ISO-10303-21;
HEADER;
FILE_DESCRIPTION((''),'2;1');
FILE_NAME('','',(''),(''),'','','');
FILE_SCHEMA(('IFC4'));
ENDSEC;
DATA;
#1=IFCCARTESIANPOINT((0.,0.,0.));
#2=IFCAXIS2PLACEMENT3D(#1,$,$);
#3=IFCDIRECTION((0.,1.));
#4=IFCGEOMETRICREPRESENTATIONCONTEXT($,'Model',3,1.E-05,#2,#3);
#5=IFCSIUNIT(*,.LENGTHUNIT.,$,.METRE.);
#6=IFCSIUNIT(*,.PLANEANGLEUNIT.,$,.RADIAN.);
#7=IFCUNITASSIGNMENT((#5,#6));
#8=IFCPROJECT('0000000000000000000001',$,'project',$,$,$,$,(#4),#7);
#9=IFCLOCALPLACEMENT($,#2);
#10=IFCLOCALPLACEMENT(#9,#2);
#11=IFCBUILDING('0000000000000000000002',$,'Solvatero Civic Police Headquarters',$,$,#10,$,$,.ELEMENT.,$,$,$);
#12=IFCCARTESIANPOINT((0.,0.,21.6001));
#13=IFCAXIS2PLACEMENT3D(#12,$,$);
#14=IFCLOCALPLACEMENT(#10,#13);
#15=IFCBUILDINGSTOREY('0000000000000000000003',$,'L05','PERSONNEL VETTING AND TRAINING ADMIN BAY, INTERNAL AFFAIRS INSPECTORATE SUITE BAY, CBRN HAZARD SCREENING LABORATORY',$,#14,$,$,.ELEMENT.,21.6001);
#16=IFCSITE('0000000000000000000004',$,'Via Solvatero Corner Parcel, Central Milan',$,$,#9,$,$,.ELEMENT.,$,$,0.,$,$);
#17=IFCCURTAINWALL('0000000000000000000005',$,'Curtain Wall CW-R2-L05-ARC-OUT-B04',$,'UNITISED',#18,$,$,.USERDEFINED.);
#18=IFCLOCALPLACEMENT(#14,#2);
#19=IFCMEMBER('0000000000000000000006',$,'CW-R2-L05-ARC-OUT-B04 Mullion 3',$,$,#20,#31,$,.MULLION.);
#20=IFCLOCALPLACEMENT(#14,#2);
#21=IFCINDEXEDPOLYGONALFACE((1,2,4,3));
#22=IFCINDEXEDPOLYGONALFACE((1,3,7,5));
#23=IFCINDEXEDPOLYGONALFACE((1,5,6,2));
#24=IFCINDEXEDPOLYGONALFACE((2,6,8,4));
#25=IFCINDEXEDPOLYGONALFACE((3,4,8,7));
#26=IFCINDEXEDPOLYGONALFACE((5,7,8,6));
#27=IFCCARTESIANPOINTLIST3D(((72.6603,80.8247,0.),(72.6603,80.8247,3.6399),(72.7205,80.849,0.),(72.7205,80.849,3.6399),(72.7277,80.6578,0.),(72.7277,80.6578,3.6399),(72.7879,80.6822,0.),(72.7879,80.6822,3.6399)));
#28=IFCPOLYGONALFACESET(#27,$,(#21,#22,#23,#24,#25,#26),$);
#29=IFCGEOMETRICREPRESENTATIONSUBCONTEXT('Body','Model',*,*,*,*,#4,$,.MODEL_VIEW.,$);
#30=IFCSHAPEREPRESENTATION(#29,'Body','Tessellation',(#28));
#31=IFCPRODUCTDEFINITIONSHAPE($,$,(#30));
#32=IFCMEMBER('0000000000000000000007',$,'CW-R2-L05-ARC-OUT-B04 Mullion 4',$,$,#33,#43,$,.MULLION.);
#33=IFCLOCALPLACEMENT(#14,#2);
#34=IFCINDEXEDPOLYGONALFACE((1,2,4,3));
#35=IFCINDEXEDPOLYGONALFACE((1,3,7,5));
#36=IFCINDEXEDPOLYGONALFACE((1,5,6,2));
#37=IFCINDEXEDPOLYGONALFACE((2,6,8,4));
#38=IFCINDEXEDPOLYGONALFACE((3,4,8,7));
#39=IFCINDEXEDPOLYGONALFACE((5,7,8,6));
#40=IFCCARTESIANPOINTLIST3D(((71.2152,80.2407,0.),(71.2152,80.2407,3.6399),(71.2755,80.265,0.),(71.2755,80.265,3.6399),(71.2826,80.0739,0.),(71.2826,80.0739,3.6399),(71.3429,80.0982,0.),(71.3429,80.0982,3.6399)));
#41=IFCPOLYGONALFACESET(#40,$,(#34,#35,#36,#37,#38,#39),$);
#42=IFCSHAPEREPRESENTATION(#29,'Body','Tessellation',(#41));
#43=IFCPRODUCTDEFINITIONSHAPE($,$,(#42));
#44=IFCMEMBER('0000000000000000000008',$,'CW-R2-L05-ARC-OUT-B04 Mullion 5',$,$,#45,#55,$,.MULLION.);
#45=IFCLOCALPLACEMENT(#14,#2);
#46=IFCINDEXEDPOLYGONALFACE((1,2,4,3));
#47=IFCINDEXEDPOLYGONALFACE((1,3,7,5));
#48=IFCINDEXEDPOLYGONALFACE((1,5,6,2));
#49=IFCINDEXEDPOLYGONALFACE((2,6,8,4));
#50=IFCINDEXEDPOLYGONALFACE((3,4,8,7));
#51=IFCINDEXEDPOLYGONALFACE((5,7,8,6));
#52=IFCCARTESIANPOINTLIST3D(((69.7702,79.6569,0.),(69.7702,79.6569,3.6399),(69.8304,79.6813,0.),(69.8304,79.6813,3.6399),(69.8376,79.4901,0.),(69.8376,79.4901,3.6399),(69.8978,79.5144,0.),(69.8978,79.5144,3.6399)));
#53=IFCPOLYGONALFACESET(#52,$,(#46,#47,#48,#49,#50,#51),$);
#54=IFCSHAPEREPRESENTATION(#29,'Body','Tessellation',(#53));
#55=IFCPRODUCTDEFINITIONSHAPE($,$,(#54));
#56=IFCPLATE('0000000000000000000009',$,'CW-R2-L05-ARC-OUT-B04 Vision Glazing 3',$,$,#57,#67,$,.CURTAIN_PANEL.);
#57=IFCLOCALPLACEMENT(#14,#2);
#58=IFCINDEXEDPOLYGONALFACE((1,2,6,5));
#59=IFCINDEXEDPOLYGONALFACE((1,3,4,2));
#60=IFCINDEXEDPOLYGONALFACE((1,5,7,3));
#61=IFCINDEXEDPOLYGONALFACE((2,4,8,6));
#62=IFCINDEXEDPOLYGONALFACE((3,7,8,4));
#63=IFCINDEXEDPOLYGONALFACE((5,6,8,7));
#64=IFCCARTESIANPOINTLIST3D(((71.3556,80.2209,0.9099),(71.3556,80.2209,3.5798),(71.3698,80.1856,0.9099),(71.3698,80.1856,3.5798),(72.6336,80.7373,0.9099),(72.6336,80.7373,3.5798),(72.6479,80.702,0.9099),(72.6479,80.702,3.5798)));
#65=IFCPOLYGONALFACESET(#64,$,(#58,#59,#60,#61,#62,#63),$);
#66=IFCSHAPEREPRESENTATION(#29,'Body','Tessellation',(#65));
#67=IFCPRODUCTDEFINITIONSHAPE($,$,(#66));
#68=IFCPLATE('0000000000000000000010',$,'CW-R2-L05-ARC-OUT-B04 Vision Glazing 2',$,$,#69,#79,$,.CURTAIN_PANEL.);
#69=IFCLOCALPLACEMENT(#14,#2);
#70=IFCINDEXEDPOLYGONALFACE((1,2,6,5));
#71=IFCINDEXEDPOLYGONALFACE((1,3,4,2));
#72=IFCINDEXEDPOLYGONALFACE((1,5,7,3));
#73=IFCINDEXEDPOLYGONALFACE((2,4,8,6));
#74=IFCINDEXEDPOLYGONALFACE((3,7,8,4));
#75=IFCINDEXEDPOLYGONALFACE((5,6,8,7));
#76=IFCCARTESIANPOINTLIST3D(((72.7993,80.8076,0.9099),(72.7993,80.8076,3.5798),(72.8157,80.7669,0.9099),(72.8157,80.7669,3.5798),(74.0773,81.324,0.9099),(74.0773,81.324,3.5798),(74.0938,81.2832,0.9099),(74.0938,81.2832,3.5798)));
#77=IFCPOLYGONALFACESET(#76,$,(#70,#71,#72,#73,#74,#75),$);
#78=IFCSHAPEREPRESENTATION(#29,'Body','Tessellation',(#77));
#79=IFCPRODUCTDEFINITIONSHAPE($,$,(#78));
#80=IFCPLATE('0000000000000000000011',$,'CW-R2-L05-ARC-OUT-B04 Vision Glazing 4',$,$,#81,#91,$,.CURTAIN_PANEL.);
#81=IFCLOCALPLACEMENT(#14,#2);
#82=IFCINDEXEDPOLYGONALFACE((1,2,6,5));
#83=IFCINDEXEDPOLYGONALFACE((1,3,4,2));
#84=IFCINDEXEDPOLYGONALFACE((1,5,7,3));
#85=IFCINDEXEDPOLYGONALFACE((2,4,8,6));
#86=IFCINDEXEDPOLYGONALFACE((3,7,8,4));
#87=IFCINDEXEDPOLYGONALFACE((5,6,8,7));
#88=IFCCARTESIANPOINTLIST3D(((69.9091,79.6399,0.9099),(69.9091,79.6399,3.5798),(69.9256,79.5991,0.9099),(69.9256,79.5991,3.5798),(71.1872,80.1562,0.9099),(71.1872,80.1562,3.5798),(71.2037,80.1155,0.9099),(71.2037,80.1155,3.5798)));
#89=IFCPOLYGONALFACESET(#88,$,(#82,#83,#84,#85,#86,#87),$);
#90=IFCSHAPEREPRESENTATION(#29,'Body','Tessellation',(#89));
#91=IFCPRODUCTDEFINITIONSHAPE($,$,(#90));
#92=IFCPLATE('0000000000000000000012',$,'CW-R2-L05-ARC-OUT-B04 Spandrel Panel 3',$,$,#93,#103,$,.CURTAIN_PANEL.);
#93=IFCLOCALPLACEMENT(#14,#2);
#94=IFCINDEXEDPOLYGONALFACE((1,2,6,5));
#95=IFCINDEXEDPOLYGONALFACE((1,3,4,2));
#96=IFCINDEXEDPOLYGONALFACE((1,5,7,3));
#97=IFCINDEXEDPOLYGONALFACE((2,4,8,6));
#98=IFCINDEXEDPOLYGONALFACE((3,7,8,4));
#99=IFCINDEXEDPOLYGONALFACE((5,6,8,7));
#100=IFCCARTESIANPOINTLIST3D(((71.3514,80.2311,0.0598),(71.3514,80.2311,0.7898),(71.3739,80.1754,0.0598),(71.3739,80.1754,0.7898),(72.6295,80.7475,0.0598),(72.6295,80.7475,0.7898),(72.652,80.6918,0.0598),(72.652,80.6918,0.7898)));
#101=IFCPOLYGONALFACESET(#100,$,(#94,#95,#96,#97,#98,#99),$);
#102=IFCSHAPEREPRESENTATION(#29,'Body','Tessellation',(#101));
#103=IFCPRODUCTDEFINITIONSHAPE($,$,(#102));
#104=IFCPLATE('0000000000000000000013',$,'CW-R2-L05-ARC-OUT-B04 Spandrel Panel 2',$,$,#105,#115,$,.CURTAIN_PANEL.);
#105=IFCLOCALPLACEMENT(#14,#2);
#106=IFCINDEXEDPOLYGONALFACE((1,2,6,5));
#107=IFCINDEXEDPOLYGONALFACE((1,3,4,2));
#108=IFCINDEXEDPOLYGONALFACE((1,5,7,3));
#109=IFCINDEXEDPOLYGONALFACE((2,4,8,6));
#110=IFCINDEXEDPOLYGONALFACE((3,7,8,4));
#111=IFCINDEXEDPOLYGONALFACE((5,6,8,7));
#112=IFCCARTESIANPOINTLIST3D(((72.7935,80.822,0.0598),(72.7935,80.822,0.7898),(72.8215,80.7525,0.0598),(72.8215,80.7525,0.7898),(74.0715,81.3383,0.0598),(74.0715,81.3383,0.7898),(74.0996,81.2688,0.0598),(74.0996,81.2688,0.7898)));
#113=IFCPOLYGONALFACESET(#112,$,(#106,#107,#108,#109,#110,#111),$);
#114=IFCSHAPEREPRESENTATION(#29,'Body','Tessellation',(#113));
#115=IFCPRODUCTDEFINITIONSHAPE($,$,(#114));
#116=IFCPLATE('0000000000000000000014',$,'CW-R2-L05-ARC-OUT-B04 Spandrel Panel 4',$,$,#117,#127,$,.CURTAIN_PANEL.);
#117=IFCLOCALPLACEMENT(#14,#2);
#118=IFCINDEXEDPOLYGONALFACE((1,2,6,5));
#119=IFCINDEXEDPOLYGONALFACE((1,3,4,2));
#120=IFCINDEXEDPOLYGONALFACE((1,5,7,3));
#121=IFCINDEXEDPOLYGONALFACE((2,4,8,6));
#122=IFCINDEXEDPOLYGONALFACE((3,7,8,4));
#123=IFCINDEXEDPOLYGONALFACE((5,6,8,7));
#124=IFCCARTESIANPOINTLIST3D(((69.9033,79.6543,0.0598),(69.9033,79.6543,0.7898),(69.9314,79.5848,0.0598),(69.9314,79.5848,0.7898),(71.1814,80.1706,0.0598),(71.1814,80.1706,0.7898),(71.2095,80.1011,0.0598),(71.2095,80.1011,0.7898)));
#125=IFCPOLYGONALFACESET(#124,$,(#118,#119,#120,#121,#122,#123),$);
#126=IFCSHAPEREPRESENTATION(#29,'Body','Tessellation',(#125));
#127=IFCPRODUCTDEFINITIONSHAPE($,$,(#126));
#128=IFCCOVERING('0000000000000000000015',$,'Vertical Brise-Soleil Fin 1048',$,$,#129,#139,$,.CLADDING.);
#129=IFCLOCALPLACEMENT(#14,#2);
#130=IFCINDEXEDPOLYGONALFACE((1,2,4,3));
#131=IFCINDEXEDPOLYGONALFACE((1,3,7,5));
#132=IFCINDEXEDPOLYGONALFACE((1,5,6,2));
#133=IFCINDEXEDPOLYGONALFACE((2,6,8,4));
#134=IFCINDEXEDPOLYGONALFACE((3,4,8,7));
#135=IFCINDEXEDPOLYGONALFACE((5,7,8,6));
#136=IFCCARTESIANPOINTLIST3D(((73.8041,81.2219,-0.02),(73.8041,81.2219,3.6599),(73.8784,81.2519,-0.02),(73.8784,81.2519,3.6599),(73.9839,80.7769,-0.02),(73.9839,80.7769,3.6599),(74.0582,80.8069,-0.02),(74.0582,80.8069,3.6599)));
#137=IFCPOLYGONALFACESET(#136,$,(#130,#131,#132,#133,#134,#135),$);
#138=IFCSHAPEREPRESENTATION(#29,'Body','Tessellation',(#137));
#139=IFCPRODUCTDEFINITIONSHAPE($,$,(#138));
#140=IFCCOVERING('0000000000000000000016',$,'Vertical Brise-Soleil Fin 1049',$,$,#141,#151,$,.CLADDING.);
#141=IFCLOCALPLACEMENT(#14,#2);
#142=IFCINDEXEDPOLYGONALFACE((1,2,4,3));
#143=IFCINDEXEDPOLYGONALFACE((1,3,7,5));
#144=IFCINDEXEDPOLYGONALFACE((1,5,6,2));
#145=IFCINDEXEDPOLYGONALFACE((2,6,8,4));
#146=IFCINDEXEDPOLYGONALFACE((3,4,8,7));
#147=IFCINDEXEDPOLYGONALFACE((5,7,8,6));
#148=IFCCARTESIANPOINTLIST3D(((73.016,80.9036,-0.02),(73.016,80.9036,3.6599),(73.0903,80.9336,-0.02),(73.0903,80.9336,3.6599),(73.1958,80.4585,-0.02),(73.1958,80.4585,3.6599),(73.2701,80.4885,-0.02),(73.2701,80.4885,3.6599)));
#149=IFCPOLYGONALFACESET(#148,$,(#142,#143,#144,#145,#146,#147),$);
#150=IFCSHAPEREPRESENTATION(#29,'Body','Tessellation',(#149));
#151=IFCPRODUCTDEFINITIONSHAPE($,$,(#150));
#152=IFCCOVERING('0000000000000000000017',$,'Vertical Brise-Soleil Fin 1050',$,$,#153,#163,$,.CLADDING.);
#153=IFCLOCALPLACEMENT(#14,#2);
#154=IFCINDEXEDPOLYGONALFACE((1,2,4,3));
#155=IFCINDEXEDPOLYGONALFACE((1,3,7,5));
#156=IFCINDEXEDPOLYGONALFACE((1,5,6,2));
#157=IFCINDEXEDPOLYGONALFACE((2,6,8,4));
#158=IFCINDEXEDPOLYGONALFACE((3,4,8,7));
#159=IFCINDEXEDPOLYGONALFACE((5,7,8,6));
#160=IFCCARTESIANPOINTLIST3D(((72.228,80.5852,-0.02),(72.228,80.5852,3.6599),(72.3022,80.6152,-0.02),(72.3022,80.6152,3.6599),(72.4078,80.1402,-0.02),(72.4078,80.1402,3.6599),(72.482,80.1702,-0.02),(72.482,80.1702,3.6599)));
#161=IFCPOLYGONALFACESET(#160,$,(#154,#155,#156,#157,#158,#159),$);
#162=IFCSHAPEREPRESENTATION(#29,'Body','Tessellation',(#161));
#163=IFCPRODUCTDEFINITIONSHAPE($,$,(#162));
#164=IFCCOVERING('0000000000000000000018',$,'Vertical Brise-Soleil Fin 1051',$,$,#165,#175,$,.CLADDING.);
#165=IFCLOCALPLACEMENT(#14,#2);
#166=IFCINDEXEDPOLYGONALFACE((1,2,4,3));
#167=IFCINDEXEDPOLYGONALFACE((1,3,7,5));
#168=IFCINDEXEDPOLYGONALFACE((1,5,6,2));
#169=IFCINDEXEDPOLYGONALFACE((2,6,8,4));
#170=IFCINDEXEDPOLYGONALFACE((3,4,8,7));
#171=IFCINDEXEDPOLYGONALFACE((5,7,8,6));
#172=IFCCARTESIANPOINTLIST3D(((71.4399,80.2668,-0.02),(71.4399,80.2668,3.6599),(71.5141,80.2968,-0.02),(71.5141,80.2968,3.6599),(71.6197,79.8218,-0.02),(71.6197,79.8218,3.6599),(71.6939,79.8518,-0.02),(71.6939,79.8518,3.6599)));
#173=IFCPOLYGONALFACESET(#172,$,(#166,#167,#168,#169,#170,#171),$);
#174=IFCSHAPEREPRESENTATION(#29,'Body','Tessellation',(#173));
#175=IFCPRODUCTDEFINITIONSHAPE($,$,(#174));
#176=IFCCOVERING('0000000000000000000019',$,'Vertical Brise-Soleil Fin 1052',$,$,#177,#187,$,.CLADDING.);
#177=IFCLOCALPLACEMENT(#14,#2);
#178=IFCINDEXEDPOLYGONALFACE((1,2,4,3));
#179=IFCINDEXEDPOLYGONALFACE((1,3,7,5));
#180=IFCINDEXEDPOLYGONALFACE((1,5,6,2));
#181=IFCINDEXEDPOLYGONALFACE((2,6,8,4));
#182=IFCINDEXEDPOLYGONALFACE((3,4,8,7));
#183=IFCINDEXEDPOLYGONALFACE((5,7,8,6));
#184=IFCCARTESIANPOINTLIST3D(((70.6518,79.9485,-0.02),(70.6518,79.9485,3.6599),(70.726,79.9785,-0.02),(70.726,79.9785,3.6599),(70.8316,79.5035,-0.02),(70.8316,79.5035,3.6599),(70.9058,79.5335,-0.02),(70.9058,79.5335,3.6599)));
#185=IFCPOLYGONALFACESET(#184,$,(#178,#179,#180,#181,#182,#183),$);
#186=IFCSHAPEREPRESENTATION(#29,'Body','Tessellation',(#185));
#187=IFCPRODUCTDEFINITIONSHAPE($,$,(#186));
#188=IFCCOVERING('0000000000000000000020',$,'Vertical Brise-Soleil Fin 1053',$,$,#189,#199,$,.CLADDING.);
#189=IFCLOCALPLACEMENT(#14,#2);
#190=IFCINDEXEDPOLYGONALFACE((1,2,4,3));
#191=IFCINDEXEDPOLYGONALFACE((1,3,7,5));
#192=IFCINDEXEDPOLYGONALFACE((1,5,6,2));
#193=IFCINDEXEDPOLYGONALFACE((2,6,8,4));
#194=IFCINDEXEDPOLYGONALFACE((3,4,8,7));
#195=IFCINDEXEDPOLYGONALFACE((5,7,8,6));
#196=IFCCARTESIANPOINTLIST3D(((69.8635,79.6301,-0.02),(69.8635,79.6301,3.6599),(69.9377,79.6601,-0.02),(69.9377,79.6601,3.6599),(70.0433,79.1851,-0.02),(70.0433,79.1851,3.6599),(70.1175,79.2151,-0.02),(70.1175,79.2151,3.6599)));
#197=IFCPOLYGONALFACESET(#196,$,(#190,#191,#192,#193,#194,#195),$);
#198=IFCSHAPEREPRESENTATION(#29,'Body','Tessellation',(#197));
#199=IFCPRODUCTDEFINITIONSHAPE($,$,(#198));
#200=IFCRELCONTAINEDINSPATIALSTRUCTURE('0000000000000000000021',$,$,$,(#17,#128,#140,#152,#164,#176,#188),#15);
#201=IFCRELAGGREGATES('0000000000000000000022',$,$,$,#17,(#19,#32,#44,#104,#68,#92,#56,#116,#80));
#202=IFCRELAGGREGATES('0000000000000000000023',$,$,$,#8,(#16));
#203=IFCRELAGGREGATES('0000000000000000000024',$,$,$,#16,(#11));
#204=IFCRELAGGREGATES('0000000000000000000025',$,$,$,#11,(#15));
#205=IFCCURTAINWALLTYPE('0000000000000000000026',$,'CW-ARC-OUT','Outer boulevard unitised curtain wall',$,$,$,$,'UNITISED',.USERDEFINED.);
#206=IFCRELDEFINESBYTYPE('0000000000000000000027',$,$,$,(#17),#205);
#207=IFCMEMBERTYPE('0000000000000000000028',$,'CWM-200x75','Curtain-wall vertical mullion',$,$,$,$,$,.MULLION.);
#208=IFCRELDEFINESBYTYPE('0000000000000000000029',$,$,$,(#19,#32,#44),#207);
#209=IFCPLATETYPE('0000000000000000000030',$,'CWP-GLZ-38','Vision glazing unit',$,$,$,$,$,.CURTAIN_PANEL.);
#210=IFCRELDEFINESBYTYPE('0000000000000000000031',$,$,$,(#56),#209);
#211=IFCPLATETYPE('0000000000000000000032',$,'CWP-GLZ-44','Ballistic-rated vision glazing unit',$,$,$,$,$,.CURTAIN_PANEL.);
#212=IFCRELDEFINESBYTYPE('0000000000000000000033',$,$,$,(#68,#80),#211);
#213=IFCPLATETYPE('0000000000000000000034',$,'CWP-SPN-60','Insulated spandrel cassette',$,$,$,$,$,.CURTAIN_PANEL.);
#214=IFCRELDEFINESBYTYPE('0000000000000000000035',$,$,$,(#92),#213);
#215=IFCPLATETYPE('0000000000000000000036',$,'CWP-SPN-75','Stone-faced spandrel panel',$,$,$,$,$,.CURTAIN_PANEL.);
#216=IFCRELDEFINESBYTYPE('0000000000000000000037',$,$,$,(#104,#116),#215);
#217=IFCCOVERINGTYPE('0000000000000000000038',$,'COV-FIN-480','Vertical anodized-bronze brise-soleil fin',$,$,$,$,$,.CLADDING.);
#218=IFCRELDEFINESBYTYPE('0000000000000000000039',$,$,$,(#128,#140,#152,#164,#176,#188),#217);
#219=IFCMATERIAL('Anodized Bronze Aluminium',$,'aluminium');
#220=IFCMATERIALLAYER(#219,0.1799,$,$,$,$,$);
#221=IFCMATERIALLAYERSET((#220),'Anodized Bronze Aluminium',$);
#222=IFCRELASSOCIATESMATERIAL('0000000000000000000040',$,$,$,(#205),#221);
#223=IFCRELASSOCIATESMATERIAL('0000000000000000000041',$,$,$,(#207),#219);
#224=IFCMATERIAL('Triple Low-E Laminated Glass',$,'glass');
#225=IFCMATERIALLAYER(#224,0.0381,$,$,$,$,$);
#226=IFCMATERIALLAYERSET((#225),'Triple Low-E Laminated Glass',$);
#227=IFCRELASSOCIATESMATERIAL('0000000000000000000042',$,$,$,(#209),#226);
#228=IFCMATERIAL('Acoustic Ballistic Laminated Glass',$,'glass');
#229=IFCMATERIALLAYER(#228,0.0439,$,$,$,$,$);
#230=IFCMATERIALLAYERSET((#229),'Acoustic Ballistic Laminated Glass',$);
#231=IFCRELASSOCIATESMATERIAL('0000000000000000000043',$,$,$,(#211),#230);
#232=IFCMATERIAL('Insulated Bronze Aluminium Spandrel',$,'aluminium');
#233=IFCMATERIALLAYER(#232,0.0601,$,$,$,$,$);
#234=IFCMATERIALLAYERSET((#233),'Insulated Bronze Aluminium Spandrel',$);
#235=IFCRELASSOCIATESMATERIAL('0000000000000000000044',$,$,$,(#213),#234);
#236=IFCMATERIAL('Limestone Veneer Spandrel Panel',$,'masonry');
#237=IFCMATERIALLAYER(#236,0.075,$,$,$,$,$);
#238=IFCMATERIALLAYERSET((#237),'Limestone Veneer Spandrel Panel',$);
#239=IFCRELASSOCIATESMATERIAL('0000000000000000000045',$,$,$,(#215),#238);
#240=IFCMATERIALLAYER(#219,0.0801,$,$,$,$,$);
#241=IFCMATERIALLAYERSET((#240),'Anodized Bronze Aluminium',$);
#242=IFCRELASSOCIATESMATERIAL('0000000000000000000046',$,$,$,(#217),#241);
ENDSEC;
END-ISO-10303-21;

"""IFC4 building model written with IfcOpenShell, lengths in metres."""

from ifc_helpers import new_model, si_unit, direction, frame, origin, origin_2d, place, context, subcontext, project, spatial, rectangle, extrude, material, layer, layer_set, material_profile, profile_set, type_object, element, aggregate, save


model = new_model("IFC4")

# Units and contexts
model_context = context("Model", 3, precision=1e-05, world=origin(), true_north=direction((0.0, 1.0)))
body_context = subcontext(model_context, "Body", "Model", "MODEL_VIEW")
ifc_project = project(units=[si_unit("LENGTHUNIT", "METRE"), si_unit("PLANEANGLEUNIT", "RADIAN")], contexts=[model_context])

# Site, building, storey
site_placement = place(None, origin())
site = spatial("IfcSite", under=ifc_project, at=site_placement, Name="Via Solvatero Corner Parcel, Central Milan", CompositionType="ELEMENT", RefElevation=0.0)
building_placement = place(site_placement, origin())
building = spatial("IfcBuilding", under=site, at=building_placement, Name="Solvatero Civic Police Headquarters", CompositionType="ELEMENT")
storey_placement = place(building_placement, frame((0.0, 0.0, 21.6001)))
storey = spatial("IfcBuildingStorey", under=building, at=storey_placement, Name="L05", Description="PERSONNEL VETTING AND TRAINING ADMIN BAY, INTERNAL AFFAIRS INSPECTORATE SUITE BAY, CBRN HAZARD SCREENING LABORATORY", CompositionType="ELEMENT", Elevation=21.6001)

# Curtain wall, members, plates
ifc_material_1 = material(Name="Anodized Bronze Aluminium", Category="aluminium")
ifc_layer_1 = layer(ifc_material_1, 0.1799)
ifc_layer_set_1 = layer_set([ifc_layer_1], Name="Anodized Bronze Aluminium")
curtain_wall_type = type_object("IfcCurtainWallType", Name="CW-ARC-OUT", Description="Outer boulevard unitised curtain wall", ElementType="UNITISED", PredefinedType="USERDEFINED", material=ifc_layer_set_1)
curtain_wall_placement = place(storey_placement, origin())
curtain_wall = element("IfcCurtainWall", 1, at=curtain_wall_placement, inside=storey, type_object=curtain_wall_type, Name="Curtain Wall CW-R2-L05-ARC-OUT-B04", ObjectType="UNITISED", PredefinedType="USERDEFINED")
ifc_material_profile = material_profile(ifc_material_1, rectangle(XDim=0.0649, YDim=0.1799, at=origin_2d()), Name="ALU MULLION 65x180")
ifc_profile_set = profile_set([ifc_material_profile], Name="Anodized Bronze Aluminium")
member_type = type_object("IfcMemberType", Name="CWM-200x75", Description="Curtain-wall vertical mullion", PredefinedType="MULLION", material=ifc_profile_set)
member_1_placement = place(storey_placement, frame((72.7241, 80.7534, 0.0), z_axis=(0.0, 0.0, 1.0), x_axis=(-0.927184, -0.374607, 0.0)))
member_1 = element("IfcMember", 2, at=member_1_placement, type_object=member_type, Name="CW-R2-L05-ARC-OUT-B04 Mullion 3", PredefinedType="MULLION", context=body_context, shape_type="SweptSolid", body=[
    extrude(rectangle(XDim=0.0649, YDim=0.1799, at=origin_2d()), origin(), (0.0, 0.0, 1.0), 3.6399),
])
member_2_placement = place(storey_placement, frame((71.2791, 80.1694, 0.0), z_axis=(0.0, 0.0, 1.0), x_axis=(-0.927184, -0.374607, 0.0)))
member_2 = element("IfcMember", 3, at=member_2_placement, type_object=member_type, Name="CW-R2-L05-ARC-OUT-B04 Mullion 4", PredefinedType="MULLION", context=body_context, shape_type="SweptSolid", body=[
    extrude(rectangle(XDim=0.0649, YDim=0.1799, at=origin_2d()), origin(), (0.0, 0.0, 1.0), 3.6399),
])
member_3_placement = place(storey_placement, frame((69.834, 79.5857, 0.0), z_axis=(0.0, 0.0, 1.0), x_axis=(-0.927184, -0.374607, 0.0)))
member_3 = element("IfcMember", 4, at=member_3_placement, type_object=member_type, Name="CW-R2-L05-ARC-OUT-B04 Mullion 5", PredefinedType="MULLION", context=body_context, shape_type="SweptSolid", body=[
    extrude(rectangle(XDim=0.0649, YDim=0.1799, at=origin_2d()), origin(), (0.0, 0.0, 1.0), 3.6399),
])
ifc_material_2 = material(Name="Triple Low-E Laminated Glass", Category="glass")
ifc_layer_2 = layer(ifc_material_2, 0.0381)
ifc_layer_set_2 = layer_set([ifc_layer_2], Name="Triple Low-E Laminated Glass")
plate_type_1 = type_object("IfcPlateType", Name="CWP-GLZ-38", Description="Vision glazing unit", PredefinedType="CURTAIN_PANEL", material=ifc_layer_set_2)
plate_1_placement = place(storey_placement, frame((72.0017, 80.4614, 0.9099), z_axis=(0.0, 0.0, 1.0), x_axis=(-0.927184, -0.374607, 0.0)))
plate_1 = element("IfcPlate", 5, at=plate_1_placement, type_object=plate_type_1, Name="CW-R2-L05-ARC-OUT-B04 Vision Glazing 3", PredefinedType="CURTAIN_PANEL", context=body_context, shape_type="SweptSolid", body=[
    extrude(rectangle(XDim=1.3784, YDim=0.0381, at=origin_2d()), origin(), (0.0, 0.0, 1.0), 2.6699),
])
ifc_material_3 = material(Name="Acoustic Ballistic Laminated Glass", Category="glass")
ifc_layer_3 = layer(ifc_material_3, 0.0439)
ifc_layer_set_3 = layer_set([ifc_layer_3], Name="Acoustic Ballistic Laminated Glass")
plate_type_2 = type_object("IfcPlateType", Name="CWP-GLZ-44", Description="Ballistic-rated vision glazing unit", PredefinedType="CURTAIN_PANEL", material=ifc_layer_set_3)
plate_2_placement = place(storey_placement, frame((73.4465, 81.0454, 0.9099), z_axis=(0.0, 0.0, 1.0), x_axis=(-0.927184, -0.374607, 0.0)))
plate_2 = element("IfcPlate", 6, at=plate_2_placement, type_object=plate_type_2, Name="CW-R2-L05-ARC-OUT-B04 Vision Glazing 2", PredefinedType="CURTAIN_PANEL", context=body_context, shape_type="SweptSolid", body=[
    extrude(rectangle(XDim=1.3784, YDim=0.0439, at=origin_2d()), origin(), (0.0, 0.0, 1.0), 2.6699),
])
plate_3_placement = place(storey_placement, frame((70.5564, 79.8777, 0.9099), z_axis=(0.0, 0.0, 1.0), x_axis=(-0.927184, -0.374607, 0.0)))
plate_3 = element("IfcPlate", 7, at=plate_3_placement, type_object=plate_type_2, Name="CW-R2-L05-ARC-OUT-B04 Vision Glazing 4", PredefinedType="CURTAIN_PANEL", context=body_context, shape_type="SweptSolid", body=[
    extrude(rectangle(XDim=1.3784, YDim=0.0439, at=origin_2d()), origin(), (0.0, 0.0, 1.0), 2.6699),
])
ifc_material_4 = material(Name="Insulated Bronze Aluminium Spandrel", Category="aluminium")
ifc_layer_4 = layer(ifc_material_4, 0.0601)
ifc_layer_set_4 = layer_set([ifc_layer_4], Name="Insulated Bronze Aluminium Spandrel")
plate_type_3 = type_object("IfcPlateType", Name="CWP-SPN-60", Description="Insulated spandrel cassette", PredefinedType="CURTAIN_PANEL", material=ifc_layer_set_4)
plate_4_placement = place(storey_placement, frame((72.0017, 80.4614, 0.0598), z_axis=(0.0, 0.0, 1.0), x_axis=(-0.927184, -0.374607, 0.0)))
plate_4 = element("IfcPlate", 8, at=plate_4_placement, type_object=plate_type_3, Name="CW-R2-L05-ARC-OUT-B04 Spandrel Panel 3", PredefinedType="CURTAIN_PANEL", context=body_context, shape_type="SweptSolid", body=[
    extrude(rectangle(XDim=1.3784, YDim=0.0601, at=origin_2d()), origin(), (0.0, 0.0, 1.0), 0.73),
])
ifc_material_5 = material(Name="Limestone Veneer Spandrel Panel", Category="masonry")
ifc_layer_5 = layer(ifc_material_5, 0.075)
ifc_layer_set_5 = layer_set([ifc_layer_5], Name="Limestone Veneer Spandrel Panel")
plate_type_4 = type_object("IfcPlateType", Name="CWP-SPN-75", Description="Stone-faced spandrel panel", PredefinedType="CURTAIN_PANEL", material=ifc_layer_set_5)
plate_5_placement = place(storey_placement, frame((73.4465, 81.0454, 0.0598), z_axis=(0.0, 0.0, 1.0), x_axis=(-0.927184, -0.374607, 0.0)))
plate_5 = element("IfcPlate", 9, at=plate_5_placement, type_object=plate_type_4, Name="CW-R2-L05-ARC-OUT-B04 Spandrel Panel 2", PredefinedType="CURTAIN_PANEL", context=body_context, shape_type="SweptSolid", body=[
    extrude(rectangle(XDim=1.3784, YDim=0.075, at=origin_2d()), origin(), (0.0, 0.0, 1.0), 0.73),
])
plate_6_placement = place(storey_placement, frame((70.5564, 79.8777, 0.0598), z_axis=(0.0, 0.0, 1.0), x_axis=(-0.927184, -0.374607, 0.0)))
plate_6 = element("IfcPlate", 10, at=plate_6_placement, type_object=plate_type_4, Name="CW-R2-L05-ARC-OUT-B04 Spandrel Panel 4", PredefinedType="CURTAIN_PANEL", context=body_context, shape_type="SweptSolid", body=[
    extrude(rectangle(XDim=1.3784, YDim=0.075, at=origin_2d()), origin(), (0.0, 0.0, 1.0), 0.73),
])
aggregate(curtain_wall, [member_1, member_2, member_3, plate_5, plate_2, plate_4, plate_1, plate_6, plate_3])

# Coverings
ifc_layer_6 = layer(ifc_material_1, 0.0801)
ifc_layer_set_6 = layer_set([ifc_layer_6], Name="Anodized Bronze Aluminium")
covering_type = type_object("IfcCoveringType", Name="COV-FIN-480", Description="Vertical anodized-bronze brise-soleil fin", PredefinedType="CLADDING", material=ifc_layer_set_6)
for number, where, z_axis, x_axis, name in (
    (11, (73.9312, 81.0144, -0.02), (0.0, 0.0, 1.0), (-0.927184, -0.374607, 0.0), "Vertical Brise-Soleil Fin 1048"),
    (12, (73.1431, 80.696, -0.02), (0.0, 0.0, 1.0), (-0.927184, -0.374607, 0.0), "Vertical Brise-Soleil Fin 1049"),
    (13, (72.355, 80.3777, -0.02), (0.0, 0.0, 1.0), (-0.927184, -0.374607, 0.0), "Vertical Brise-Soleil Fin 1050"),
    (14, (71.5669, 80.0593, -0.02), (0.0, 0.0, 1.0), (-0.927184, -0.374607, 0.0), "Vertical Brise-Soleil Fin 1051"),
    (15, (70.7788, 79.741, -0.02), (0.0, 0.0, 1.0), (-0.927184, -0.374607, 0.0), "Vertical Brise-Soleil Fin 1052"),
    (16, (69.9905, 79.4226, -0.02), (0.0, 0.0, 1.0), (-0.927184, -0.374607, 0.0), "Vertical Brise-Soleil Fin 1053"),
):
    element("IfcCovering", number, at=place(storey_placement, frame(where, z_axis=z_axis, x_axis=x_axis)), inside=storey, type_object=covering_type, Name=name, PredefinedType="CLADDING", context=body_context, shape_type="SweptSolid", body=[
        extrude(rectangle(XDim=0.0801, YDim=0.48, at=origin_2d()), origin(), (0.0, 0.0, 1.0), 3.6799),
    ])

save(model, "model.ifc")
